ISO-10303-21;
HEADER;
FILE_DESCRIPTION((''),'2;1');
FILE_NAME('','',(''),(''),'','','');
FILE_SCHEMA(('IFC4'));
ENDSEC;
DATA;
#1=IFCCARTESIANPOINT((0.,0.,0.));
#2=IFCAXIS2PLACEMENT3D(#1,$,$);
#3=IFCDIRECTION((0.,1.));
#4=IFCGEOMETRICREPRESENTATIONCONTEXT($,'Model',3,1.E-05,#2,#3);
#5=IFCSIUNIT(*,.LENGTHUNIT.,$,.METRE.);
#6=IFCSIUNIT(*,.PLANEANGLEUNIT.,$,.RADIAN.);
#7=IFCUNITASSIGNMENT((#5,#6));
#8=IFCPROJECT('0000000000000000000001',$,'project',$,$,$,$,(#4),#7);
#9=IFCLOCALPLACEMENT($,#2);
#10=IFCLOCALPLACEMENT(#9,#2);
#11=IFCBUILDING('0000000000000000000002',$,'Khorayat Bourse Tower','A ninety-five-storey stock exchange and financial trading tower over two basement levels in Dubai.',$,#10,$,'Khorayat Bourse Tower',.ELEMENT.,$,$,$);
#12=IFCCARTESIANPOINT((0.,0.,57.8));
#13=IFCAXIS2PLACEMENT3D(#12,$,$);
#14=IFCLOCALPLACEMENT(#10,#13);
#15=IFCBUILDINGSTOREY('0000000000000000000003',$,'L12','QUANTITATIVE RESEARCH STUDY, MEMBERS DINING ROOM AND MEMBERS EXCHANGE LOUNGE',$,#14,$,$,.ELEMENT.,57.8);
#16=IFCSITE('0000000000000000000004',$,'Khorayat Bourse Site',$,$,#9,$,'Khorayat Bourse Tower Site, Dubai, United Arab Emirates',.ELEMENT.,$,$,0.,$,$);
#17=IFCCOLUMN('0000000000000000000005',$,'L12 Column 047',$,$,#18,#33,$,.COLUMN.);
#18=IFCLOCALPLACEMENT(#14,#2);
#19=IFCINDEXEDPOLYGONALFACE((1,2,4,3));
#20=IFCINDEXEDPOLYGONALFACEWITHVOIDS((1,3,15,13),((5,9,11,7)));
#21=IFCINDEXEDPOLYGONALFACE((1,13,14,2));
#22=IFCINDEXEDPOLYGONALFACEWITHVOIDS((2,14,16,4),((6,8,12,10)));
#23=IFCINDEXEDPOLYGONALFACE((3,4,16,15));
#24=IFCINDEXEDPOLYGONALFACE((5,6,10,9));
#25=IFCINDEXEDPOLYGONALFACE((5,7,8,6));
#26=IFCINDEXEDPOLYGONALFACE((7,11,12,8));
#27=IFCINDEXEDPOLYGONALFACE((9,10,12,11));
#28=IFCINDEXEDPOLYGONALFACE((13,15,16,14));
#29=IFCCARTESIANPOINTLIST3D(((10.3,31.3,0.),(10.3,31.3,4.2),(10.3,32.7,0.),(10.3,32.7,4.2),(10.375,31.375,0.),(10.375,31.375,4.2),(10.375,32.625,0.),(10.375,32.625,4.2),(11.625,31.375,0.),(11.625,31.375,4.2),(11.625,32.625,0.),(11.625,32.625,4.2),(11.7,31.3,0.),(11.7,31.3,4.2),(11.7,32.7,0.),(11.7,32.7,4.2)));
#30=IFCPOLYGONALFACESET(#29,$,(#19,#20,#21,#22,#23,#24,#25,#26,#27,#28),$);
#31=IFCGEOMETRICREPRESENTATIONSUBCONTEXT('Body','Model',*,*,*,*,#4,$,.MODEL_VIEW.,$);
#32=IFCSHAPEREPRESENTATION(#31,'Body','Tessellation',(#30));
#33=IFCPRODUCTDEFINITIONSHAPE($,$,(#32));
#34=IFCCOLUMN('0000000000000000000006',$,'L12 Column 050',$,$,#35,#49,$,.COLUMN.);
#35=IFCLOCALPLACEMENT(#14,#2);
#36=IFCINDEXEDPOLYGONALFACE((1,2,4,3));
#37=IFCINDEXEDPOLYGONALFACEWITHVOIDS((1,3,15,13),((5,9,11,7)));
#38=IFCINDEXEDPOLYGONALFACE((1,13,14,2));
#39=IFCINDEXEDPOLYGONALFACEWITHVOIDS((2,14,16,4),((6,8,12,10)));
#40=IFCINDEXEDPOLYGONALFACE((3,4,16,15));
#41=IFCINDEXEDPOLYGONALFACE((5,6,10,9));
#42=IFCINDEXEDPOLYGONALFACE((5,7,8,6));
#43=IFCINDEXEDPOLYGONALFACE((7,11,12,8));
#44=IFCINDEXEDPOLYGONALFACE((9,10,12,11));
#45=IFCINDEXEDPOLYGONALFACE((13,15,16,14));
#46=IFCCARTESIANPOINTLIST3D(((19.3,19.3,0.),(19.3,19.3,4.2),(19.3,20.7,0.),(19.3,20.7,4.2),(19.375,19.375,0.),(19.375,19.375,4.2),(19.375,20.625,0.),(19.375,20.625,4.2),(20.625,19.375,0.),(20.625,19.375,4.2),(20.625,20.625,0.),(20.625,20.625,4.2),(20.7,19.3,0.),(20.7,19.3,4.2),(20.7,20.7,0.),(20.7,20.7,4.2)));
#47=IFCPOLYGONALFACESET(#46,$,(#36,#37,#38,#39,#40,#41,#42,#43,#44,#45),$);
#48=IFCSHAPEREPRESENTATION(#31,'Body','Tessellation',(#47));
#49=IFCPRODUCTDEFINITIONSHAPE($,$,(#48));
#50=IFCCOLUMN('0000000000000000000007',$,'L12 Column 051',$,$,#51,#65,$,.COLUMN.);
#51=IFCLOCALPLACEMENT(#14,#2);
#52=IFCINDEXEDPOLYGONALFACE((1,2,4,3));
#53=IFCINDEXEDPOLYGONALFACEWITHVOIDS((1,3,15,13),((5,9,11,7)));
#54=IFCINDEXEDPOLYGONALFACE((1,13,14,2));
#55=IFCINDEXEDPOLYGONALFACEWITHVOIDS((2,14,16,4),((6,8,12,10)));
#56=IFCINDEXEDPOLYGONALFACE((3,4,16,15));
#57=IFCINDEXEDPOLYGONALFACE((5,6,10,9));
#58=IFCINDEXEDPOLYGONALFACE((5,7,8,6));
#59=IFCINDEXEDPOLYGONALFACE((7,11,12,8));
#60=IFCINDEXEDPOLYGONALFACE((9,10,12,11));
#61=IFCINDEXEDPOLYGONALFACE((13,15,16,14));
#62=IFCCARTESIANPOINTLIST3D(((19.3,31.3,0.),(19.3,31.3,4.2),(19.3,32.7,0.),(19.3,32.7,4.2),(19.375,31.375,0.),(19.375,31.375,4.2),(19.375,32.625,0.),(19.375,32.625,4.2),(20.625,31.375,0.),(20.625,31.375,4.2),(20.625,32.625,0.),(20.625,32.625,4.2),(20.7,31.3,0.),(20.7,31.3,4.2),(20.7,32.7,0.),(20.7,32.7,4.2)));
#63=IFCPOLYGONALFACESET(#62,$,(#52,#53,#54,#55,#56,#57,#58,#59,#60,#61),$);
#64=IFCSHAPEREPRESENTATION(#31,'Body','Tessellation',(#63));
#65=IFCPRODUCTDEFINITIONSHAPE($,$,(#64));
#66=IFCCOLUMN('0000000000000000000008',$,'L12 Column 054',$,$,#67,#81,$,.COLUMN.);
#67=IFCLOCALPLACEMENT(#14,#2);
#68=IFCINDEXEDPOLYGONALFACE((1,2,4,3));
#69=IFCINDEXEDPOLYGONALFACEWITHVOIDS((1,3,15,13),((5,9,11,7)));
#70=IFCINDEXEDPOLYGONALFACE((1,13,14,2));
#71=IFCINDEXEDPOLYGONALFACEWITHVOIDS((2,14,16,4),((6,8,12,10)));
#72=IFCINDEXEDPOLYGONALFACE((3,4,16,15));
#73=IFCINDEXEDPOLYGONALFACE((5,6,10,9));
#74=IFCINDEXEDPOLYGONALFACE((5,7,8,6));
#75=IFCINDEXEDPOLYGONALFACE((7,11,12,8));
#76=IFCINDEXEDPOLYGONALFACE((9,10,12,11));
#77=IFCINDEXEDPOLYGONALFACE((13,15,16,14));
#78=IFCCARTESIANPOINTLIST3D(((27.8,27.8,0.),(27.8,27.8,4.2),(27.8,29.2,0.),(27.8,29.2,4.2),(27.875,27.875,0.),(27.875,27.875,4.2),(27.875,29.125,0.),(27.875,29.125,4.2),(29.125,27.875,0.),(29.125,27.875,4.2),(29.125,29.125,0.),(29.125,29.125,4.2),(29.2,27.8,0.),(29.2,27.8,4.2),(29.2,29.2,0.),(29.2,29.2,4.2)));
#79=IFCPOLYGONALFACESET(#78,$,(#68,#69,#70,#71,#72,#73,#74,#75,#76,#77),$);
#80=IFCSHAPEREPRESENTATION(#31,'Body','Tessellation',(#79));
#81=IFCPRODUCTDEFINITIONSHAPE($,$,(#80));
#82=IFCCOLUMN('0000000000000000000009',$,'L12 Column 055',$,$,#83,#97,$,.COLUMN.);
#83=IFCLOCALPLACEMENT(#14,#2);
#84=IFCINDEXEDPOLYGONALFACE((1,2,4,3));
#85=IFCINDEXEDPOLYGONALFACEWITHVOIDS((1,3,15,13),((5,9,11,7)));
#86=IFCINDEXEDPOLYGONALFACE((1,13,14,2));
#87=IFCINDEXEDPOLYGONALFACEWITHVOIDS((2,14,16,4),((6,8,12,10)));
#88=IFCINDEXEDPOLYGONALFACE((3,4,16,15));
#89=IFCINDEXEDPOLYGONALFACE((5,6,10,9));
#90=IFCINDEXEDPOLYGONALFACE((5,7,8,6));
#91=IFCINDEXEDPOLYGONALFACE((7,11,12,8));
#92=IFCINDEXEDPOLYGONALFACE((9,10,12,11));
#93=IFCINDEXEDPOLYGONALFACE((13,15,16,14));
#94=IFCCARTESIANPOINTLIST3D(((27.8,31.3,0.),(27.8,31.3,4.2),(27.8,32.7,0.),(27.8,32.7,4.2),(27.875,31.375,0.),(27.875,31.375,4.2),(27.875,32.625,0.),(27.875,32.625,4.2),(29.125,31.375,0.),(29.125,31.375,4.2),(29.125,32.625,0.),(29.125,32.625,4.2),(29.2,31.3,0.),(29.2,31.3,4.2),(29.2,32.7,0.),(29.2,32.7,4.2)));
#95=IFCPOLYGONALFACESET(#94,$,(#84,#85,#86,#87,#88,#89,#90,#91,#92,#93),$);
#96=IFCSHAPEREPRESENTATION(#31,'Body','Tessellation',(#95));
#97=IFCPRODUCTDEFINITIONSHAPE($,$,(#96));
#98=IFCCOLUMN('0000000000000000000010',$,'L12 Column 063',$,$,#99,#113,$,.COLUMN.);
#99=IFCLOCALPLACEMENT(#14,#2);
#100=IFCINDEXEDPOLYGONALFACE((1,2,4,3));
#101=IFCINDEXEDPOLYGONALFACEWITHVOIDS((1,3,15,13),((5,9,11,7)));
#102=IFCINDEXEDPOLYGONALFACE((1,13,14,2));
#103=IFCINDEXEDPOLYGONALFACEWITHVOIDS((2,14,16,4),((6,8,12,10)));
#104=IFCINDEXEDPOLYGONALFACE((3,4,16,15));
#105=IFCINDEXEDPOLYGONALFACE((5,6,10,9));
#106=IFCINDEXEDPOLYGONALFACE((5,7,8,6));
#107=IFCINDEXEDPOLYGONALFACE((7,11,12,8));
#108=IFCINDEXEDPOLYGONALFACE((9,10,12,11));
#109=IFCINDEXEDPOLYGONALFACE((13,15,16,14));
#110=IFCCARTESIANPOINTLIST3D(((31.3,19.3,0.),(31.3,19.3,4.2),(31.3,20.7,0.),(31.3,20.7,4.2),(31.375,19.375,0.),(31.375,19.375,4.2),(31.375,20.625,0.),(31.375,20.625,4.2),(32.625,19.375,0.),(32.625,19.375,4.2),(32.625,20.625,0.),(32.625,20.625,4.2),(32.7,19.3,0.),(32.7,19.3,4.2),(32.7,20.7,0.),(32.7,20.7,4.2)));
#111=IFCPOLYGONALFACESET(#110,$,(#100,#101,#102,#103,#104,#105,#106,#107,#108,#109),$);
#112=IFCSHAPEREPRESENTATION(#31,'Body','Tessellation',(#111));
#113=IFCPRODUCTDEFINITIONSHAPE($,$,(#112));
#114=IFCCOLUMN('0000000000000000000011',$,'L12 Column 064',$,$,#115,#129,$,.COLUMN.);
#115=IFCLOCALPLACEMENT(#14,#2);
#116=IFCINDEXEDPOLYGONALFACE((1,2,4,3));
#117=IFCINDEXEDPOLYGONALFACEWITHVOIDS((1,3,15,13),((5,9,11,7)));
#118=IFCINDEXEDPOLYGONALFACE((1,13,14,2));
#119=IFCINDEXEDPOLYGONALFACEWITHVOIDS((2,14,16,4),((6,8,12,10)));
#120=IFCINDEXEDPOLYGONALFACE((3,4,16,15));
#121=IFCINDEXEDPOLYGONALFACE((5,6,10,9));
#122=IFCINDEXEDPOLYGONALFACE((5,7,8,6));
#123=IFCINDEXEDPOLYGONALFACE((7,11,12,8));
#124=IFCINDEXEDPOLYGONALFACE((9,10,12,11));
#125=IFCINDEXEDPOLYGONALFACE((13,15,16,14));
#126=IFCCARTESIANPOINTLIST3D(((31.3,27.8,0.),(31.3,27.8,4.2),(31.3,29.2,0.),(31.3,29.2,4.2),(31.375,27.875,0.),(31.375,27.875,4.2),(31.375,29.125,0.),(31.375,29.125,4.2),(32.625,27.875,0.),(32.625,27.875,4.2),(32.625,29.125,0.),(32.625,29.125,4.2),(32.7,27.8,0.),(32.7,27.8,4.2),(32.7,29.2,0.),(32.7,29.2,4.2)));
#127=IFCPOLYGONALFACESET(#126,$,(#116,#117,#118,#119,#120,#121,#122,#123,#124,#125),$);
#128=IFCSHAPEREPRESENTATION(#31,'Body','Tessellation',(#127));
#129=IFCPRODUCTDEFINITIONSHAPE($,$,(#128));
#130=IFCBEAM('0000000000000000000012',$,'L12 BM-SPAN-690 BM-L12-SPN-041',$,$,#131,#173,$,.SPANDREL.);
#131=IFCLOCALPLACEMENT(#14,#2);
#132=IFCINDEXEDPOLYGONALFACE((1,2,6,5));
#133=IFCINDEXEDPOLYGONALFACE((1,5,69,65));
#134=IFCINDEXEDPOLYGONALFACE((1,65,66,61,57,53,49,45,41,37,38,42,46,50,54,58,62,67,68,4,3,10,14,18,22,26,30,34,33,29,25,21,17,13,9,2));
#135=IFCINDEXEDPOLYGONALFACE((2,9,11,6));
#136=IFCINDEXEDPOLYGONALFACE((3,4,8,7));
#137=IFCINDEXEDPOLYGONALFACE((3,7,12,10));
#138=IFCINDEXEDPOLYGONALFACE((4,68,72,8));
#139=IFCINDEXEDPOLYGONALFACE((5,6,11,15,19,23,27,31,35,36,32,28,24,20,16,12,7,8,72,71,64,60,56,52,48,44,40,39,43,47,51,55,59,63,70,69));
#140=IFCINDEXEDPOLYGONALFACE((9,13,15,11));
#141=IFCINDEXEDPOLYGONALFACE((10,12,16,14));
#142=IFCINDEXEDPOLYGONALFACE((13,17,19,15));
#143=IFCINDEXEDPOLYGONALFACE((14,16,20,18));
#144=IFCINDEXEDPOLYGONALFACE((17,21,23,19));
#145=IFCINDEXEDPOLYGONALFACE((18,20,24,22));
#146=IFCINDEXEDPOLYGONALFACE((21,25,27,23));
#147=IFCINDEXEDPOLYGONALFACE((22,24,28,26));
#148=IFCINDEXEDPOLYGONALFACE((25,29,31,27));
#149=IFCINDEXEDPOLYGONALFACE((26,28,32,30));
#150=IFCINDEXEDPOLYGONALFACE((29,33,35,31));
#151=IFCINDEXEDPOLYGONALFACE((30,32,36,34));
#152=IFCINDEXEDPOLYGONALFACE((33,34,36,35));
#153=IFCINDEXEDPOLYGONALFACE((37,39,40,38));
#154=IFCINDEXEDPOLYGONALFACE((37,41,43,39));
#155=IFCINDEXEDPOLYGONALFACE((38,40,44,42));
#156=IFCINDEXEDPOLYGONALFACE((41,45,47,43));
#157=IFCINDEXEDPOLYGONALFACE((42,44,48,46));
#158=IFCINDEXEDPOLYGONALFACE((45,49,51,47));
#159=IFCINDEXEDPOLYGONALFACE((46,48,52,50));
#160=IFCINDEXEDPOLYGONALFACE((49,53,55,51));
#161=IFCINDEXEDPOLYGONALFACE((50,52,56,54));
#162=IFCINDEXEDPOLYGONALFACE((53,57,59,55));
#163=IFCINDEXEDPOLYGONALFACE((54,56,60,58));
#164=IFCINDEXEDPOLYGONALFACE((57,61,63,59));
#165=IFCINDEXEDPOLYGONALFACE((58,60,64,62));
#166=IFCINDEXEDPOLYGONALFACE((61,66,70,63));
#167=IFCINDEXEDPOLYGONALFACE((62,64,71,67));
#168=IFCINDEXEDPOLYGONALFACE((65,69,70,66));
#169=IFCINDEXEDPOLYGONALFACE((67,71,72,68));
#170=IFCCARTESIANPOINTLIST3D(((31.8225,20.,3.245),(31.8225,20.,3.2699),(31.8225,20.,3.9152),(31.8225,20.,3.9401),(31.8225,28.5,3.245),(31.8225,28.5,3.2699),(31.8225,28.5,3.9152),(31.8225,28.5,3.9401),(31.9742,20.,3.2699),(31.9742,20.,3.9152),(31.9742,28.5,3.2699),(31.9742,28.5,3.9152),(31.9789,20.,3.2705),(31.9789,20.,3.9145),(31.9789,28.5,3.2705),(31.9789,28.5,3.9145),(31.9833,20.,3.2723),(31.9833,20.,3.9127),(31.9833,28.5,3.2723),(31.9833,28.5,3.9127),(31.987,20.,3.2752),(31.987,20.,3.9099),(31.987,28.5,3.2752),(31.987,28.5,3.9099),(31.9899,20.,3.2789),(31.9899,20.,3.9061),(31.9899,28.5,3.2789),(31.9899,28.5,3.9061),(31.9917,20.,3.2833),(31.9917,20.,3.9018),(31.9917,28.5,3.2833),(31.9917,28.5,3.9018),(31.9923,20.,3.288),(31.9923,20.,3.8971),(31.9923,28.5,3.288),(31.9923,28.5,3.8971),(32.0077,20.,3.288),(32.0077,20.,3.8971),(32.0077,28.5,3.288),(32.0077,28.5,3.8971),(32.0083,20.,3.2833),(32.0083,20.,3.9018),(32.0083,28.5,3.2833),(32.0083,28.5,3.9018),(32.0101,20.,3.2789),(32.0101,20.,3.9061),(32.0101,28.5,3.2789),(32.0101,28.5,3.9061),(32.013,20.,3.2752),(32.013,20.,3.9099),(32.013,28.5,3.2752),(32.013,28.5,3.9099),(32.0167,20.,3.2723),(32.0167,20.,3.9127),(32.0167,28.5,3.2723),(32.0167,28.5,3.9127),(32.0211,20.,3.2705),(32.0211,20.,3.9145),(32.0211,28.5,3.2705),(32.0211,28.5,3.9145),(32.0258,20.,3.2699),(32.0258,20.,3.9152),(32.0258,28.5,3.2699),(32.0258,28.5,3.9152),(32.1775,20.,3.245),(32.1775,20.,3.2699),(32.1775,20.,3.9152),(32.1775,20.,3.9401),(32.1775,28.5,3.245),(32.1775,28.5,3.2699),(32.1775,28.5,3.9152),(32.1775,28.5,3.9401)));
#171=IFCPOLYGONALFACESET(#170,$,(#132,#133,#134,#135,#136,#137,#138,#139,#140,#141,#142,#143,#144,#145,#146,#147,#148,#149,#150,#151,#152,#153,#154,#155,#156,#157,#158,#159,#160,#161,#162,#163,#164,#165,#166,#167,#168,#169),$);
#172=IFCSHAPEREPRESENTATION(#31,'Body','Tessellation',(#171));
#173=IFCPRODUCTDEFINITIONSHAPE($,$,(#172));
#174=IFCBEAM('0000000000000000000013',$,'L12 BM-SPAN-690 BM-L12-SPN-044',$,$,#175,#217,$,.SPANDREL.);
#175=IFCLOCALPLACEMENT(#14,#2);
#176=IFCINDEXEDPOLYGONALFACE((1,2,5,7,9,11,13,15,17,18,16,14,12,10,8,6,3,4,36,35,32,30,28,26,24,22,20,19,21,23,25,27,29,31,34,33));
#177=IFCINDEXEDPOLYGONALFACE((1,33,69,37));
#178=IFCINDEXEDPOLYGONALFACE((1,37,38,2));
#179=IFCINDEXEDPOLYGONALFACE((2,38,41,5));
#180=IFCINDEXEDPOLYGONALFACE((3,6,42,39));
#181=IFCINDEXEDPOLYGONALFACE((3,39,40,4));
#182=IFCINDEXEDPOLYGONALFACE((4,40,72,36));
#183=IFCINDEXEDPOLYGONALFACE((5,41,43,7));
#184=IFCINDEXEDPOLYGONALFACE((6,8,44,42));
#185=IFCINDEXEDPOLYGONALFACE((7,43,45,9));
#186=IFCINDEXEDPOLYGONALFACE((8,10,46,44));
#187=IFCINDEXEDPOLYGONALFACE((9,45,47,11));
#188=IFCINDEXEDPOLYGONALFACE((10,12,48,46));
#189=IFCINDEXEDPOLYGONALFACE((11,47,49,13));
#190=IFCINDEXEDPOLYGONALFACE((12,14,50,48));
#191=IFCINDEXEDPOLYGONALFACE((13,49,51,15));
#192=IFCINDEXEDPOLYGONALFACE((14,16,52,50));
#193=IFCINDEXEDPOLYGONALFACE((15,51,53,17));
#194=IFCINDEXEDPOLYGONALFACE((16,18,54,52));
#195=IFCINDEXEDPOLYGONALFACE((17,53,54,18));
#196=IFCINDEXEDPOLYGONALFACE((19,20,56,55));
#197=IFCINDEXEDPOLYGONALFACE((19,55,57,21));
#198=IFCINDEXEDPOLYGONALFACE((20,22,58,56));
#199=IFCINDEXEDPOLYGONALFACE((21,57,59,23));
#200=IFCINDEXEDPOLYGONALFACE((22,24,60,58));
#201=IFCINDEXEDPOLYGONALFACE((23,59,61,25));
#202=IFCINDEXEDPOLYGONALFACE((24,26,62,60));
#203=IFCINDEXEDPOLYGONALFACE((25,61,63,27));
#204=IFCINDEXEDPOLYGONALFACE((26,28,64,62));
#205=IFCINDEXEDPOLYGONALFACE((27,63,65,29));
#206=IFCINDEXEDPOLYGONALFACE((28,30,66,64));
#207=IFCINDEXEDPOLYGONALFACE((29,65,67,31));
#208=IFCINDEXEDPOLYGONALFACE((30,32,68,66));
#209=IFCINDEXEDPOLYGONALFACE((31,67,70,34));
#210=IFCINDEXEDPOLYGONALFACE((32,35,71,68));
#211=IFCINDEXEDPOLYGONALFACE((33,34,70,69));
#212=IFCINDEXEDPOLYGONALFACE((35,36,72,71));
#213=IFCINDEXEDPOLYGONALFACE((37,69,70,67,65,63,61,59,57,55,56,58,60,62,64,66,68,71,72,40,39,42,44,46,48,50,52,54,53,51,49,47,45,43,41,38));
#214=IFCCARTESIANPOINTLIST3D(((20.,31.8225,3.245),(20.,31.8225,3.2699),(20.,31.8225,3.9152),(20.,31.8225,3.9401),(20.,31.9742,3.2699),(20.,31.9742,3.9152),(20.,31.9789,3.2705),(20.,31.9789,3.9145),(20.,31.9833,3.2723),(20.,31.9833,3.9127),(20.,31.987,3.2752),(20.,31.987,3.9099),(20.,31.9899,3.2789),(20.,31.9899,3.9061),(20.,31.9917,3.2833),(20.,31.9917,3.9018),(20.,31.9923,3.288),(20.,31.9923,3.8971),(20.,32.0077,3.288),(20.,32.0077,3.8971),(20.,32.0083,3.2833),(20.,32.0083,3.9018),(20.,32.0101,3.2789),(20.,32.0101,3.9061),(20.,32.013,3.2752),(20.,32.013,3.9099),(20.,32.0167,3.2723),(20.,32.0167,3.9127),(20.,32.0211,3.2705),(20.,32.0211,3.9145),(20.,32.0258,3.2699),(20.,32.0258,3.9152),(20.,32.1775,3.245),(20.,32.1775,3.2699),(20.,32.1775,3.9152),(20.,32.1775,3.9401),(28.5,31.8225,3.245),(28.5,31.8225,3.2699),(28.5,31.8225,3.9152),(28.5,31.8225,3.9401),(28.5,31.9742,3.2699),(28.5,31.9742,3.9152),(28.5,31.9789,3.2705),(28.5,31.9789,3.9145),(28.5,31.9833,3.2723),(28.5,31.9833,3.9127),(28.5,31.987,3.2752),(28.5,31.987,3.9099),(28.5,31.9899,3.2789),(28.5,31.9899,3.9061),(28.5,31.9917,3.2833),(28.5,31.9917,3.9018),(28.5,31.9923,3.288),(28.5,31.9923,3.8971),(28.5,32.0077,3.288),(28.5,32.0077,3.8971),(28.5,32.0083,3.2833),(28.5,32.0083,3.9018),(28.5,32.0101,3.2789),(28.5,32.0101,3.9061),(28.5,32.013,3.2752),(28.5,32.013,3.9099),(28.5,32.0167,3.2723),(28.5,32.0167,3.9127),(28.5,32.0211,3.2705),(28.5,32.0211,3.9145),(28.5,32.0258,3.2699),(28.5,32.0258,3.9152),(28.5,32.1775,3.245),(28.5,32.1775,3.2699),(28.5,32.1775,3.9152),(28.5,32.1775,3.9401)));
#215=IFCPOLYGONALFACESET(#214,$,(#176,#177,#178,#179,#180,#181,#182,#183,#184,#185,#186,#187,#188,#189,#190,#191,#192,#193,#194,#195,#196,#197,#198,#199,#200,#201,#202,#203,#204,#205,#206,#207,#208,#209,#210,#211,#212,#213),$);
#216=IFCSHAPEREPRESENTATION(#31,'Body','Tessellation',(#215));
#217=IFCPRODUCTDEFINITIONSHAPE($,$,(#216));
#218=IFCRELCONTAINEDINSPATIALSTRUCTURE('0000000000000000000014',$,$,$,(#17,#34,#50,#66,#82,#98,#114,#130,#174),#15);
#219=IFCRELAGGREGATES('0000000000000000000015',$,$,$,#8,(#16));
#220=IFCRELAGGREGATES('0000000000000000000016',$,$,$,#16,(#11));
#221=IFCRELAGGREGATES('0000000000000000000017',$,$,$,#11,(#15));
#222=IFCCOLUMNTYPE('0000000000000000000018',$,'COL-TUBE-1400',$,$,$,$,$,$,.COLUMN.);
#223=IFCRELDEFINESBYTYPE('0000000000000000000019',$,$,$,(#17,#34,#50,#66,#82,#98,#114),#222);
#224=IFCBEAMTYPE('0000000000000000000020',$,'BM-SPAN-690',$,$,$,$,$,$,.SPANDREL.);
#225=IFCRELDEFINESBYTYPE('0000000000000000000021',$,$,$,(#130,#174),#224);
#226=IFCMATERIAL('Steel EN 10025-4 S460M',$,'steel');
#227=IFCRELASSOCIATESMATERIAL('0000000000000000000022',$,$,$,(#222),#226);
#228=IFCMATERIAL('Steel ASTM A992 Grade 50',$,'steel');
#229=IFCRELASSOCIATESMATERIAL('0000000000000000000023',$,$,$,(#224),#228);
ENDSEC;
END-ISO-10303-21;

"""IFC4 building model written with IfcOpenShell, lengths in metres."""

from ifc_helpers import new_model, si_unit, direction, frame, origin, origin_2d, place, context, subcontext, project, spatial, hollow_rectangle, i_section, extrude, source, transform, mapped, material, material_profile, profile_set, type_object, element, save


model = new_model("IFC4")

# Units and contexts
model_context = context("Model", 3, precision=1e-05, world=origin(), true_north=direction((0.0, 1.0)))
body_context = subcontext(model_context, "Body", "Model", "MODEL_VIEW")
ifc_project = project(units=[si_unit("LENGTHUNIT", "METRE"), si_unit("PLANEANGLEUNIT", "RADIAN")], contexts=[model_context])

# Site, building, storey
site_placement = place(None, origin())
site = spatial("IfcSite", under=ifc_project, at=site_placement, Name="Khorayat Bourse Site", LongName="Khorayat Bourse Tower Site, Dubai, United Arab Emirates", CompositionType="ELEMENT", RefElevation=0.0)
building_placement = place(site_placement, origin())
building = spatial("IfcBuilding", under=site, at=building_placement, Name="Khorayat Bourse Tower", Description="A ninety-five-storey stock exchange and financial trading tower over two basement levels in Dubai.", LongName="Khorayat Bourse Tower", CompositionType="ELEMENT")
storey_placement = place(building_placement, frame((0.0, 0.0, 57.8)))
storey = spatial("IfcBuildingStorey", under=building, at=storey_placement, Name="L12", Description="QUANTITATIVE RESEARCH STUDY, MEMBERS DINING ROOM AND MEMBERS EXCHANGE LOUNGE", CompositionType="ELEMENT", Elevation=57.8)

# Columns
ifc_material_1 = material(Name="Steel EN 10025-4 S460M", Category="steel")
ifc_material_profile_1 = material_profile(ifc_material_1, hollow_rectangle(XDim=1.3999, YDim=1.3999, WallThickness=0.075, at=origin_2d()), Name="BOX 1400x1400x75")
ifc_profile_set_1 = profile_set([ifc_material_profile_1], Name="Steel EN 10025-4 S460M")
column_type = type_object("IfcColumnType", Name="COL-TUBE-1400", PredefinedType="COLUMN", material=ifc_profile_set_1)
shared_shape_1 = source(origin(), body_context, "Body", "SweptSolid", [
    extrude(hollow_rectangle(XDim=1.3999, YDim=1.3999, WallThickness=0.075, at=origin_2d()), origin(), (0.0, 0.0, 1.0), 4.2),
])
for number, where, z_axis, x_axis, name in (
    (1, (11.0, 32.0, 0.0), (0.0, 0.0, 1.0), (1.0, 0.0, 0.0), "L12 Column 047"),
    (2, (20.0, 20.0, 0.0), (0.0, 0.0, 1.0), (1.0, 0.0, 0.0), "L12 Column 050"),
    (3, (20.0, 32.0, 0.0), (0.0, 0.0, 1.0), (1.0, 0.0, 0.0), "L12 Column 051"),
    (4, (28.5, 28.5, 0.0), (0.0, 0.0, 1.0), (1.0, 0.0, 0.0), "L12 Column 054"),
    (5, (28.5, 32.0, 0.0), (0.0, 0.0, 1.0), (1.0, 0.0, 0.0), "L12 Column 055"),
    (6, (32.0, 20.0, 0.0), (0.0, 0.0, 1.0), (1.0, 0.0, 0.0), "L12 Column 063"),
    (7, (32.0, 28.5, 0.0), (0.0, 0.0, 1.0), (1.0, 0.0, 0.0), "L12 Column 064"),
):
    element("IfcColumn", number, at=place(storey_placement, frame(where, z_axis=z_axis, x_axis=x_axis)), inside=storey, type_object=column_type, Name=name, PredefinedType="COLUMN", context=body_context, shape_type="MappedRepresentation", body=[
        mapped(shared_shape_1, transform((0.0, 0.0, 0.0), scale=1.0)),
    ])

# Beams
ifc_material_2 = material(Name="Steel ASTM A992 Grade 50", Category="steel")
ifc_material_profile_2 = material_profile(ifc_material_2, i_section(OverallWidth=0.355, OverallDepth=0.6951, WebThickness=0.0154, FlangeThickness=0.0249, FilletRadius=0.0181, at=origin_2d()), Name="W690X217")
ifc_profile_set_2 = profile_set([ifc_material_profile_2], Name="Steel ASTM A992 Grade 50")
beam_type_1 = type_object("IfcBeamType", Name="BM-SPAN-690", PredefinedType="SPANDREL", material=ifc_profile_set_2)
shared_shape_2 = source(origin(), body_context, "Body", "SweptSolid", [
    extrude(i_section(OverallWidth=0.355, OverallDepth=0.6951, WebThickness=0.0154, FlangeThickness=0.0249, FilletRadius=0.0181, at=origin_2d()), origin(), (0.0, 0.0, 1.0), 8.5),
])
for number, where, z_axis, x_axis, name in (
    (8, (32.0, 20.0, 3.5925), (0.0, 1.0, 0.0), (-1.0, 0.0, 0.0), "L12 BM-SPAN-690 BM-L12-SPN-041"),
    (9, (20.0, 32.0, 3.5925), (1.0, 0.0, 0.0), (0.0, 1.0, 0.0), "L12 BM-SPAN-690 BM-L12-SPN-044"),
):
    element("IfcBeam", number, at=place(storey_placement, frame(where, z_axis=z_axis, x_axis=x_axis)), inside=storey, type_object=beam_type_1, Name=name, PredefinedType="SPANDREL", context=body_context, shape_type="MappedRepresentation", body=[
        mapped(shared_shape_2, transform((0.0, 0.0, 0.0), scale=1.0)),
    ])

save(model, "model.ifc")
